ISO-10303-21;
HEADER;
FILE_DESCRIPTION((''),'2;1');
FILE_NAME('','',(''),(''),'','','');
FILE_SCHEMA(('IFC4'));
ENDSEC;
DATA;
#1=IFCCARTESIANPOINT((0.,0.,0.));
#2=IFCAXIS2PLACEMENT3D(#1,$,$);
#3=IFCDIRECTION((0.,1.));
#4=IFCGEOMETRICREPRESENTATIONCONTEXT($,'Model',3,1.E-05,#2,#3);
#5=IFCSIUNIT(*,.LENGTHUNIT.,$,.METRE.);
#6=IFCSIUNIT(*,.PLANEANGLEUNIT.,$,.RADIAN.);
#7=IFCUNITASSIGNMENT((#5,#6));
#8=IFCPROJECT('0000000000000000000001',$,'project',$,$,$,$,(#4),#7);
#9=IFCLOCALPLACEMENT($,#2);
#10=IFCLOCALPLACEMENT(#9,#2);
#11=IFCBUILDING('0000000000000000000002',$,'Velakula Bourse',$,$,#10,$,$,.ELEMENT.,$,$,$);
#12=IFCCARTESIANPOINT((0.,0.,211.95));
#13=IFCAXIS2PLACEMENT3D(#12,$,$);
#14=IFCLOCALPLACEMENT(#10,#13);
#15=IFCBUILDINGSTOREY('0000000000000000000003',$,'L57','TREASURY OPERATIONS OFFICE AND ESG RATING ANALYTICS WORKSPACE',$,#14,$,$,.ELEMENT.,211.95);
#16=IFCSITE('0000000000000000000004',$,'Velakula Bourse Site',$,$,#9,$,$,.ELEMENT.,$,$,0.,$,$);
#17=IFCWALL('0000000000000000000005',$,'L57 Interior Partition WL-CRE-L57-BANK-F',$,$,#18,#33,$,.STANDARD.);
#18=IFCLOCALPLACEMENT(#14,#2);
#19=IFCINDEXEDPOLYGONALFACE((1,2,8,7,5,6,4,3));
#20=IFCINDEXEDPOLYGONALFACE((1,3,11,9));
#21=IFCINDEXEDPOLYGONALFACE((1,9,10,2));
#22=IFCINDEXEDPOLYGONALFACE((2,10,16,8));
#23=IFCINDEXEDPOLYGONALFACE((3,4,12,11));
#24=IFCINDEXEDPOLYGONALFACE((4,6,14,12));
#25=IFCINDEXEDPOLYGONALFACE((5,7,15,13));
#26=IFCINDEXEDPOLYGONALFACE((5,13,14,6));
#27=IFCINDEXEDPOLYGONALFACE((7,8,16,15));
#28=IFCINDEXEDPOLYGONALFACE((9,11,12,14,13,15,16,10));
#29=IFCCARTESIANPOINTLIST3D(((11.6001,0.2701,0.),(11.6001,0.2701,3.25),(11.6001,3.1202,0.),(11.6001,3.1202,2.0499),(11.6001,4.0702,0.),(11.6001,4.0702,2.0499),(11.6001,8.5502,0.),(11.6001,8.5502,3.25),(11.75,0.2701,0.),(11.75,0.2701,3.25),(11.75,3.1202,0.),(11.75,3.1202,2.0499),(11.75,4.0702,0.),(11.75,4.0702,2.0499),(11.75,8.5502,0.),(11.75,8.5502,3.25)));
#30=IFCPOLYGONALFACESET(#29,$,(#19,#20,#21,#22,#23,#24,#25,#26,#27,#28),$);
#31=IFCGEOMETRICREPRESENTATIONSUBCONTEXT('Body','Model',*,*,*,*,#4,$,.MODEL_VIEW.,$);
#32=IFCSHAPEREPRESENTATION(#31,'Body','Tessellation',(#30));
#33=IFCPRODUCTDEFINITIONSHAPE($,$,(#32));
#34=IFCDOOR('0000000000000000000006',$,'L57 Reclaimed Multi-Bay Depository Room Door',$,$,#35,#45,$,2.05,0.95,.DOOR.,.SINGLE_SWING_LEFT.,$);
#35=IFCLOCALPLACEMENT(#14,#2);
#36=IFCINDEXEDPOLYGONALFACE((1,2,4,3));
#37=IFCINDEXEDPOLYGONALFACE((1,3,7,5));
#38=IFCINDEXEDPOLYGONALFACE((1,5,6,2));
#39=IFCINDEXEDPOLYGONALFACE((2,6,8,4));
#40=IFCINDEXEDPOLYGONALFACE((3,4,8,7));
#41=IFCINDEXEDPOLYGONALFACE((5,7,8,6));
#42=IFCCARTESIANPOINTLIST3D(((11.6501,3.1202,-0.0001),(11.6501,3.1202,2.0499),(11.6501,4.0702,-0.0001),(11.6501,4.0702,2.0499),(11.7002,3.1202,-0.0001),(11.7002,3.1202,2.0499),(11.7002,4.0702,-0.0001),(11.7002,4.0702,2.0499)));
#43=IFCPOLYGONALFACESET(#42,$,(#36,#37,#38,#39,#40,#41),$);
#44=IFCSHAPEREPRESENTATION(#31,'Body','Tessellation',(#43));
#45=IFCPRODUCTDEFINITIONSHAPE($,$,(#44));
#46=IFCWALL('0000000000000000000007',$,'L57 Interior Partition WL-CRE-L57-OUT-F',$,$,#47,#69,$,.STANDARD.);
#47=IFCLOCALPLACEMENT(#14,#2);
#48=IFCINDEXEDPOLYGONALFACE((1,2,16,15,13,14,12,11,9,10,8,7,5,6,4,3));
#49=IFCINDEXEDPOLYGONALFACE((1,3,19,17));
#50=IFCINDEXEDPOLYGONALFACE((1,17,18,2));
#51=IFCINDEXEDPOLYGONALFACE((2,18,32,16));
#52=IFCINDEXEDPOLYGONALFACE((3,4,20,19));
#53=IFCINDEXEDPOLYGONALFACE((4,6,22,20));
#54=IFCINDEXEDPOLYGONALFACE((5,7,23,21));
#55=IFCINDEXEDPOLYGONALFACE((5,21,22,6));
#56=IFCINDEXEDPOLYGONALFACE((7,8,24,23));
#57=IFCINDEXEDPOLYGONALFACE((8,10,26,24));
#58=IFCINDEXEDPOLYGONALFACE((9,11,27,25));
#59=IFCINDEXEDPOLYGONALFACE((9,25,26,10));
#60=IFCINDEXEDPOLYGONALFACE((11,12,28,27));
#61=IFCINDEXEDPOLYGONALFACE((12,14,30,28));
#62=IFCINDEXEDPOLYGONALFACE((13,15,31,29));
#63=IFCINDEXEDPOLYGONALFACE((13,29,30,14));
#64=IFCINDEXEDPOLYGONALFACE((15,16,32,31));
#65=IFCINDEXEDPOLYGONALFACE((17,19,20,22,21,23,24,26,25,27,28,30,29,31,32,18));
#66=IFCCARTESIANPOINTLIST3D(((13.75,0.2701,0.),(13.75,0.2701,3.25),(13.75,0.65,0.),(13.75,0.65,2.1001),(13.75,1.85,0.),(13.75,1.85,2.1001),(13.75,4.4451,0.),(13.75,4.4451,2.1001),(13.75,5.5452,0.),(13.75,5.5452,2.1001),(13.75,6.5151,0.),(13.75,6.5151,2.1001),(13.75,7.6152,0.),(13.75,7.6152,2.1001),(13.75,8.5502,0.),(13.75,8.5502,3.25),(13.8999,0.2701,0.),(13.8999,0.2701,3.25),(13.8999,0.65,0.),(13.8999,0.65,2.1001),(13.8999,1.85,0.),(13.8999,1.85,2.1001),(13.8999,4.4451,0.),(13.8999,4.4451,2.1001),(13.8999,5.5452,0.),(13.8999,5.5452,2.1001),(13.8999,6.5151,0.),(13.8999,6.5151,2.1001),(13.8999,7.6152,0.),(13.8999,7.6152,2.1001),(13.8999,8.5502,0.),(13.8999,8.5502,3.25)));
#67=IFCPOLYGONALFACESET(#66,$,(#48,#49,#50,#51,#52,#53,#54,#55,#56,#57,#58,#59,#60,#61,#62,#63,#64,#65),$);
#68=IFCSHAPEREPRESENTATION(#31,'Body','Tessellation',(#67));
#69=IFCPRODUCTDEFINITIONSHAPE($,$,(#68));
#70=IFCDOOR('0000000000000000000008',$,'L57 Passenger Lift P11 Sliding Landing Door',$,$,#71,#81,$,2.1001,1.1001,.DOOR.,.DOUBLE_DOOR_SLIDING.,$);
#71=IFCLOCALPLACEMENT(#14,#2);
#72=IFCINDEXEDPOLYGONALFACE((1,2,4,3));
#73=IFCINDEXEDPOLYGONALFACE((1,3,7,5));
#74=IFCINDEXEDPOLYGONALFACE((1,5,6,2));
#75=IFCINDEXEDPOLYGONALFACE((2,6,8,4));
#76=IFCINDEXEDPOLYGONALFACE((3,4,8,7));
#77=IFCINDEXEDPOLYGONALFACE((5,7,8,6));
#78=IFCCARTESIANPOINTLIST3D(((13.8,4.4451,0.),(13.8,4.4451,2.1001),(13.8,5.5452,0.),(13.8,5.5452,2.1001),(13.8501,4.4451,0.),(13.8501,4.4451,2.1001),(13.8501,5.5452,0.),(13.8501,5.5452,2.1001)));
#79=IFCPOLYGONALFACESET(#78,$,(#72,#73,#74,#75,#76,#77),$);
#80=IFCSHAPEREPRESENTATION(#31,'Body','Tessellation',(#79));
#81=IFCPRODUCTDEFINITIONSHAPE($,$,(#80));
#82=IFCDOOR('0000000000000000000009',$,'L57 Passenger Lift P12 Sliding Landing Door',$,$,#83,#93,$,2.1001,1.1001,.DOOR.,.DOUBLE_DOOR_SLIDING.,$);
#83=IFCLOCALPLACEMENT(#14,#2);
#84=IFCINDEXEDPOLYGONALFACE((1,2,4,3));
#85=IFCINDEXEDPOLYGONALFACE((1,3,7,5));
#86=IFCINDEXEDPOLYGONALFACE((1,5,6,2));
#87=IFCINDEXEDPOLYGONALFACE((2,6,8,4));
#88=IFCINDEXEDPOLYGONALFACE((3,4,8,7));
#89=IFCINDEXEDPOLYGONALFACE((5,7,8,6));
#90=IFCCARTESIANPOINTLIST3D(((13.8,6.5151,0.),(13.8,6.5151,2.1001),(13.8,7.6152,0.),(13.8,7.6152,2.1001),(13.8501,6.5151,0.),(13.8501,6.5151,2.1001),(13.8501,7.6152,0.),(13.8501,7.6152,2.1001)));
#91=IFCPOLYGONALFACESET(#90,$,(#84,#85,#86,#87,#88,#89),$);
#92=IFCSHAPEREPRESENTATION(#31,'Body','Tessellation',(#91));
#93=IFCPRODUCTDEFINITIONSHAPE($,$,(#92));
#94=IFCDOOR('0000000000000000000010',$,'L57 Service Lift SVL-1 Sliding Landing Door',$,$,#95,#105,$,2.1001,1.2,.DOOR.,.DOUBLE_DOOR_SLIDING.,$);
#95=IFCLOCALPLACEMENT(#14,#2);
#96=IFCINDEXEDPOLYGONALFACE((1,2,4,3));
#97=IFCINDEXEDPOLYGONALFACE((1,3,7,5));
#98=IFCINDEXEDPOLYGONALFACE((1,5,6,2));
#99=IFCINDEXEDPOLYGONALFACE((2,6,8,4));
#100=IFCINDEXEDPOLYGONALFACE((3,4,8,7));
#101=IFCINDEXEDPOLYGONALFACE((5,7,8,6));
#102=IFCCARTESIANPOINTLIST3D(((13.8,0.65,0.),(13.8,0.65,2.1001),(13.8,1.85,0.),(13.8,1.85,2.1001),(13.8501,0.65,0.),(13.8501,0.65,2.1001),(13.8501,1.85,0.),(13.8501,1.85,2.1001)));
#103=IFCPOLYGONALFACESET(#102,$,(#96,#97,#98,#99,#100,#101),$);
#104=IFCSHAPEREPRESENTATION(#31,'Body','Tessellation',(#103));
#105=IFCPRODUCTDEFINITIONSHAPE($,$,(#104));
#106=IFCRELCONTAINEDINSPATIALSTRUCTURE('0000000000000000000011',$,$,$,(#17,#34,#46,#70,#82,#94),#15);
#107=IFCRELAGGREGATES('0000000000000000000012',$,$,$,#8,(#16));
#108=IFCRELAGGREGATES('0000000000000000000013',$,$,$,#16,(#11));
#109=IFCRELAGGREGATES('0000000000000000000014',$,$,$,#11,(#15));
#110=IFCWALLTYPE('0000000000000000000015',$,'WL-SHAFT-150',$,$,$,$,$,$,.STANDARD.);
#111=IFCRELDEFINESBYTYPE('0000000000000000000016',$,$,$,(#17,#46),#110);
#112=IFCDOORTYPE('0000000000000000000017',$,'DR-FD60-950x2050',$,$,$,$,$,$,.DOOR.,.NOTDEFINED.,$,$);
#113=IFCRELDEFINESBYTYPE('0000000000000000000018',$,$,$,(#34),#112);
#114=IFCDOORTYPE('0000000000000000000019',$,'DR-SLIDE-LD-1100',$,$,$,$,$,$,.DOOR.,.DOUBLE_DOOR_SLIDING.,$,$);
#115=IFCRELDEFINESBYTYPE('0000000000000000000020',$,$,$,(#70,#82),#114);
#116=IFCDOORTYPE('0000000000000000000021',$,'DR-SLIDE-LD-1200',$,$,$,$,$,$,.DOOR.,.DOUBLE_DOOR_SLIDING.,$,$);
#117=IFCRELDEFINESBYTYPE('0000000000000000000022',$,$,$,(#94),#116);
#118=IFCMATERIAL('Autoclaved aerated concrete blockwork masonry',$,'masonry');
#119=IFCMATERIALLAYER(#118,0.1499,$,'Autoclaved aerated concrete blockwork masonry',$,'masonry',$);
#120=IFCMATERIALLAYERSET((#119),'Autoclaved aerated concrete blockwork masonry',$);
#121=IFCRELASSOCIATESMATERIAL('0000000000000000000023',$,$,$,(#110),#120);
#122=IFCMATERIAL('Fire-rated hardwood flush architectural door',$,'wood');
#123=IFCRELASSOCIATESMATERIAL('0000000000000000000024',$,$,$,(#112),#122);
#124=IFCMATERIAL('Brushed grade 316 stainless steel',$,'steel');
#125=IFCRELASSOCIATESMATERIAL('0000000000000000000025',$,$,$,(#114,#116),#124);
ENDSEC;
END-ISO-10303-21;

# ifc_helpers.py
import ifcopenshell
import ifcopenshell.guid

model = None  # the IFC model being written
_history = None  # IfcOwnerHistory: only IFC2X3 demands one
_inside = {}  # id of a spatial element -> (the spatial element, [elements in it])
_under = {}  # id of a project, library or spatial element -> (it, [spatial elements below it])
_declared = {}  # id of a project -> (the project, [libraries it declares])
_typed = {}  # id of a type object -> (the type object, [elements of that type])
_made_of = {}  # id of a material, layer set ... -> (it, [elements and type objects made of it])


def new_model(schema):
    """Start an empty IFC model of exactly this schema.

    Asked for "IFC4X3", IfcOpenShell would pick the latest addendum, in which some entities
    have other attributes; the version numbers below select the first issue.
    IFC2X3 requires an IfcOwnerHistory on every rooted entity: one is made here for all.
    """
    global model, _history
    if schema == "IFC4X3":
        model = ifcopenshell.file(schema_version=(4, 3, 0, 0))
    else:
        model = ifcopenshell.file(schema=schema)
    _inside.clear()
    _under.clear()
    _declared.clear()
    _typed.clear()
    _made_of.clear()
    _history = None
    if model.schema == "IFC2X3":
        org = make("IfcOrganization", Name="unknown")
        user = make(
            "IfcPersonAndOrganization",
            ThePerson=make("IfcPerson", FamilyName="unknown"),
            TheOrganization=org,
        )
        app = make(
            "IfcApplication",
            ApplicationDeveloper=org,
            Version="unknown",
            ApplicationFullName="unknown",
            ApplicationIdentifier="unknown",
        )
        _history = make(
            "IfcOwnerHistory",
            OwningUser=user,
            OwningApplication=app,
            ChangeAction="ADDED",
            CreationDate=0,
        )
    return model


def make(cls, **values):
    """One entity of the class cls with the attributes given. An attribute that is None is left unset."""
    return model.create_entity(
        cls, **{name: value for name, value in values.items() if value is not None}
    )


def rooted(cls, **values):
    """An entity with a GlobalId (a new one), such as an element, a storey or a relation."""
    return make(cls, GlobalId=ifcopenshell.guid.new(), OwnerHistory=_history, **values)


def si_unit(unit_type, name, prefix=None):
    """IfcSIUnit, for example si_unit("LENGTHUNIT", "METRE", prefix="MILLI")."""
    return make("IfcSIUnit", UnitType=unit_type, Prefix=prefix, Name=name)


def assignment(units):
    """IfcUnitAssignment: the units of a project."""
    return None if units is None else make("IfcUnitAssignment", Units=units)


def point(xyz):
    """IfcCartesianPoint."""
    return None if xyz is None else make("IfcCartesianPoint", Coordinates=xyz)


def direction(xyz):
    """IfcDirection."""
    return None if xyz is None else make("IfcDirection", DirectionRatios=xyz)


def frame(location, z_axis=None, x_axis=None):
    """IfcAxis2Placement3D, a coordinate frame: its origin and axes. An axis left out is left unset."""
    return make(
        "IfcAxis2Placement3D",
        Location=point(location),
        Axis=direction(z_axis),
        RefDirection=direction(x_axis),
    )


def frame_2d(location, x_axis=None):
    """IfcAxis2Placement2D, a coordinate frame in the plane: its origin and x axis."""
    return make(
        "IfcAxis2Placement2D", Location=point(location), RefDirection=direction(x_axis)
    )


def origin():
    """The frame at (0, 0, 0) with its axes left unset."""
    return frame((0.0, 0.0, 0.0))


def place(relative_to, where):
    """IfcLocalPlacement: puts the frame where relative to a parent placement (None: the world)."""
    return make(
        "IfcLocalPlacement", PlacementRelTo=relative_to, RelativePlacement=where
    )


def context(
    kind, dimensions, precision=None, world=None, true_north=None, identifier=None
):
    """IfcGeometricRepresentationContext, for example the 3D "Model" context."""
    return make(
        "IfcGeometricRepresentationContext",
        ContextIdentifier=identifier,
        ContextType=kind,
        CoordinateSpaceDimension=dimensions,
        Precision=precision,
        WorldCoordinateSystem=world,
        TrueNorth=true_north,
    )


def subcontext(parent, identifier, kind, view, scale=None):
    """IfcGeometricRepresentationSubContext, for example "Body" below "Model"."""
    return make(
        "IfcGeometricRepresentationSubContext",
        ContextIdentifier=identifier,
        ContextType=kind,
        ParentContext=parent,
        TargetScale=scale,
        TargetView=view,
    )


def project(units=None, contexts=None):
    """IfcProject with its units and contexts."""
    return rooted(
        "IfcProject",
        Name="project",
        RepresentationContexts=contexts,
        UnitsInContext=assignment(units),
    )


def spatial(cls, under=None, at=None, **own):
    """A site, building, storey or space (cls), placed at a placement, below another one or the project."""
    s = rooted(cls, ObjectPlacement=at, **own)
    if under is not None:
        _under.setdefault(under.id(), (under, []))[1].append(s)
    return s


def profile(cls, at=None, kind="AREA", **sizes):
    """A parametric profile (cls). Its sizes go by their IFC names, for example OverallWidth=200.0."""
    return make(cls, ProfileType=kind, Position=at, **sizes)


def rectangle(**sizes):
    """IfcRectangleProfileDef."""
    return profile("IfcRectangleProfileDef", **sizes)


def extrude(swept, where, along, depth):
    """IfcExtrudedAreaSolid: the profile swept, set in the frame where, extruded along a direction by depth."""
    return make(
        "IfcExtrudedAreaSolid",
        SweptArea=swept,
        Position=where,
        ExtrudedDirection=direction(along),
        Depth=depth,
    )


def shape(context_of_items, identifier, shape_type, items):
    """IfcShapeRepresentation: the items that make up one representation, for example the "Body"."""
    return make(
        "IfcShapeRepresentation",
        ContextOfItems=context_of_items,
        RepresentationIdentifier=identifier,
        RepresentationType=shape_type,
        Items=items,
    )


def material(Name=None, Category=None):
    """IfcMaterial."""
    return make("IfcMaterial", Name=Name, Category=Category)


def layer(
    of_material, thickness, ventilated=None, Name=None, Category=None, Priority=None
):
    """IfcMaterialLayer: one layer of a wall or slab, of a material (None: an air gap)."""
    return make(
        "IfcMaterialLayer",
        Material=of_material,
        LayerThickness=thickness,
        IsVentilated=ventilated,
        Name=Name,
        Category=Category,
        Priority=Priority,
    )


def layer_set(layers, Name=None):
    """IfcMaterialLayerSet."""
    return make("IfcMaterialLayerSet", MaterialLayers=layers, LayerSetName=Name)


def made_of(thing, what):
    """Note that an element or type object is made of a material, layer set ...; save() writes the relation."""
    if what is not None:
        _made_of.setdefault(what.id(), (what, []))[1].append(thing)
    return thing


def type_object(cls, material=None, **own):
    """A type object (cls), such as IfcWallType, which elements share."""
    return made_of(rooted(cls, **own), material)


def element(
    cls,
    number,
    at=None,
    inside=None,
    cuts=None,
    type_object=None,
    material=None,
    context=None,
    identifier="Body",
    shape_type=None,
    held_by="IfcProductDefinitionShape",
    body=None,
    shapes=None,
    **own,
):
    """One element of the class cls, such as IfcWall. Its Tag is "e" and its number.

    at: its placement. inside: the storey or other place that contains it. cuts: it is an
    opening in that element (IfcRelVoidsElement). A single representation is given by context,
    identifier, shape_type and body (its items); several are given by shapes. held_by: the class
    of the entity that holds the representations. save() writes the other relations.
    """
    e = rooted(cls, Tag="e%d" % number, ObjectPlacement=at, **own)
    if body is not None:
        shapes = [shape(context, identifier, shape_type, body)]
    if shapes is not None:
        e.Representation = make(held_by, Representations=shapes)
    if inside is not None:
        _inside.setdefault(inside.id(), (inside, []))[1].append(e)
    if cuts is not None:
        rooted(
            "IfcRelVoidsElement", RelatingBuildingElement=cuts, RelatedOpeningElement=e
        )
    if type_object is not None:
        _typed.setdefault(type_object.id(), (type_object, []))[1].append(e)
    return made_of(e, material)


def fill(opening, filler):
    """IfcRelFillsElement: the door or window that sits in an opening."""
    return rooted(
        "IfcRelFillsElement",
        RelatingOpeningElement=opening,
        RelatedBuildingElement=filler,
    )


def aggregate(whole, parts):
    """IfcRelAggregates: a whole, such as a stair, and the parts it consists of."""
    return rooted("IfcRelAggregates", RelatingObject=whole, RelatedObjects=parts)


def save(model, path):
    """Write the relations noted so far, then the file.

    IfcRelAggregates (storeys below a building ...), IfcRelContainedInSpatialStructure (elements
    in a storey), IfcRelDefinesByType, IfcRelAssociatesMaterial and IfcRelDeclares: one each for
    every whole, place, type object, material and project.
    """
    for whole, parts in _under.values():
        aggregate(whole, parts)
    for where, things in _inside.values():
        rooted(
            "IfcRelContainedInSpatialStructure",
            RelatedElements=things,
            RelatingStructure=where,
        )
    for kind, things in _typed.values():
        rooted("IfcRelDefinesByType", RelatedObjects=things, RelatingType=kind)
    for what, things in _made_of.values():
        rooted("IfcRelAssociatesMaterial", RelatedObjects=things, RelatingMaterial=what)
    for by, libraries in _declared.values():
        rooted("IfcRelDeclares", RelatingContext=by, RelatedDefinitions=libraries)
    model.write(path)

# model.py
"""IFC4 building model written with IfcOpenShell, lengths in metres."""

from ifc_helpers import new_model, si_unit, direction, frame, frame_2d, origin, place, context, subcontext, project, spatial, rectangle, extrude, material, layer, layer_set, type_object, element, fill, save


model = new_model("IFC4")

# Units and contexts
model_context = context("Model", 3, precision=1e-05, world=origin(), true_north=direction((0.0, 1.0)))
body_context = subcontext(model_context, "Body", "Model", "MODEL_VIEW")
ifc_project = project(units=[si_unit("LENGTHUNIT", "METRE"), si_unit("PLANEANGLEUNIT", "RADIAN")], contexts=[model_context])

# Site, building, storey
site_placement = place(None, origin())
site = spatial("IfcSite", under=ifc_project, at=site_placement, Name="Velakula Bourse Site", CompositionType="ELEMENT", RefElevation=0.0)
building_placement = place(site_placement, origin())
building = spatial("IfcBuilding", under=site, at=building_placement, Name="Velakula Bourse", CompositionType="ELEMENT")
storey_placement = place(building_placement, frame((0.0, 0.0, 211.95)))
storey = spatial("IfcBuildingStorey", under=building, at=storey_placement, Name="L57", Description="TREASURY OPERATIONS OFFICE AND ESG RATING ANALYTICS WORKSPACE", CompositionType="ELEMENT", Elevation=211.95)

# Shared definitions
ifc_material_1 = material(Name="Fire-rated hardwood flush architectural door", Category="wood")

# Shared definitions
ifc_material_2 = material(Name="Autoclaved aerated concrete blockwork masonry", Category="masonry")
ifc_layer_1 = layer(ifc_material_2, 0.1499, Name="Autoclaved aerated concrete blockwork masonry", Category="masonry")
ifc_layer_set_1 = layer_set([ifc_layer_1], Name="Autoclaved aerated concrete blockwork masonry")
wall_type_1 = type_object("IfcWallType", Name="WL-SHAFT-150", PredefinedType="STANDARD", material=ifc_layer_set_1)

# Wall, opening, door
wall_1_placement = place(storey_placement, frame((11.675, 0.27, 0.0), z_axis=(0.0, 0.0, 1.0), x_axis=(0.0, 1.0, 0.0)))
wall_1 = element("IfcWall", 1, at=wall_1_placement, inside=storey, type_object=wall_type_1, Name="L57 Interior Partition WL-CRE-L57-BANK-F", PredefinedType="STANDARD", context=body_context, shape_type="SweptSolid", body=[
    extrude(rectangle(XDim=8.28, YDim=0.1499, at=frame_2d((4.1401, 0.0))), origin(), (0.0, 0.0, 1.0), 3.25),
])
opening_1_placement = place(wall_1_placement, frame((2.8501, 0.0, 0.0)))
opening_1 = element("IfcOpeningElement", 2, at=opening_1_placement, cuts=wall_1, PredefinedType="OPENING", context=body_context, shape_type="SweptSolid", body=[
    extrude(rectangle(XDim=0.95, YDim=2.05, at=frame_2d((0.4751, 1.0249))), frame((0.0, 0.085, 0.0), z_axis=(0.0, -1.0, 0.0), x_axis=(1.0, 0.0, 0.0)), (0.0, 0.0, 1.0), 0.1699),
])
door_type_1 = type_object("IfcDoorType", Name="DR-FD60-950x2050", OperationType="NOTDEFINED", PredefinedType="DOOR", material=ifc_material_1)
door_1_placement = place(opening_1_placement, origin())
door_1 = element("IfcDoor", 3, at=door_1_placement, inside=storey, type_object=door_type_1, Name="L57 Reclaimed Multi-Bay Depository Room Door", OperationType="SINGLE_SWING_LEFT", OverallHeight=2.05, OverallWidth=0.95, PredefinedType="DOOR", context=body_context, shape_type="SweptSolid", body=[
    extrude(rectangle(XDim=0.95, YDim=2.05, at=frame_2d((0.4751, 1.0249))), frame((0.0, 0.0249, 0.0), z_axis=(0.0, -1.0, 0.0), x_axis=(1.0, 0.0, 0.0)), (0.0, 0.0, 1.0), 0.05),
])
fill(opening_1, door_1)

# Wall, openings, doors
wall_2_placement = place(storey_placement, frame((13.825, 0.27, 0.0), z_axis=(0.0, 0.0, 1.0), x_axis=(0.0, 1.0, 0.0)))
wall_2 = element("IfcWall", 4, at=wall_2_placement, inside=storey, type_object=wall_type_1, Name="L57 Interior Partition WL-CRE-L57-OUT-F", PredefinedType="STANDARD", context=body_context, shape_type="SweptSolid", body=[
    extrude(rectangle(XDim=8.28, YDim=0.1499, at=frame_2d((4.1401, 0.0))), origin(), (0.0, 0.0, 1.0), 3.25),
])
opening_2_placement = place(wall_2_placement, frame((4.175, 0.0, 0.0)))
opening_2 = element("IfcOpeningElement", 5, at=opening_2_placement, cuts=wall_2, PredefinedType="OPENING", context=body_context, shape_type="SweptSolid", body=[
    extrude(rectangle(XDim=1.1001, YDim=2.1001, at=frame_2d((0.55, 1.05))), frame((0.0, 0.085, 0.0), z_axis=(0.0, -1.0, 0.0), x_axis=(1.0, 0.0, 0.0)), (0.0, 0.0, 1.0), 0.1699),
])
opening_3_placement = place(wall_2_placement, frame((6.2451, 0.0, 0.0)))
opening_3 = element("IfcOpeningElement", 6, at=opening_3_placement, cuts=wall_2, PredefinedType="OPENING", context=body_context, shape_type="SweptSolid", body=[
    extrude(rectangle(XDim=1.1001, YDim=2.1001, at=frame_2d((0.55, 1.05))), frame((0.0, 0.085, 0.0), z_axis=(0.0, -1.0, 0.0), x_axis=(1.0, 0.0, 0.0)), (0.0, 0.0, 1.0), 0.1699),
])
opening_4_placement = place(wall_2_placement, frame((0.3799, 0.0, 0.0)))
opening_4 = element("IfcOpeningElement", 7, at=opening_4_placement, cuts=wall_2, PredefinedType="OPENING", context=body_context, shape_type="SweptSolid", body=[
    extrude(rectangle(XDim=1.2, YDim=2.1001, at=frame_2d((0.6001, 1.05))), frame((0.0, 0.085, 0.0), z_axis=(0.0, -1.0, 0.0), x_axis=(1.0, 0.0, 0.0)), (0.0, 0.0, 1.0), 0.1699),
])
ifc_material_3 = material(Name="Brushed grade 316 stainless steel", Category="steel")
door_type_2 = type_object("IfcDoorType", Name="DR-SLIDE-LD-1100", OperationType="DOUBLE_DOOR_SLIDING", PredefinedType="DOOR", material=ifc_material_3)
door_2_placement = place(opening_2_placement, origin())
door_2 = element("IfcDoor", 8, at=door_2_placement, inside=storey, type_object=door_type_2, Name="L57 Passenger Lift P11 Sliding Landing Door", OperationType="DOUBLE_DOOR_SLIDING", OverallHeight=2.1001, OverallWidth=1.1001, PredefinedType="DOOR", context=body_context, shape_type="SweptSolid", body=[
    extrude(rectangle(XDim=1.1001, YDim=2.1001, at=frame_2d((0.55, 1.05))), frame((0.0, 0.0249, 0.0), z_axis=(0.0, -1.0, 0.0), x_axis=(1.0, 0.0, 0.0)), (0.0, 0.0, 1.0), 0.05),
])
fill(opening_2, door_2)
door_3_placement = place(opening_3_placement, origin())
door_3 = element("IfcDoor", 9, at=door_3_placement, inside=storey, type_object=door_type_2, Name="L57 Passenger Lift P12 Sliding Landing Door", OperationType="DOUBLE_DOOR_SLIDING", OverallHeight=2.1001, OverallWidth=1.1001, PredefinedType="DOOR", context=body_context, shape_type="SweptSolid", body=[
    extrude(rectangle(XDim=1.1001, YDim=2.1001, at=frame_2d((0.55, 1.05))), frame((0.0, 0.0249, 0.0), z_axis=(0.0, -1.0, 0.0), x_axis=(1.0, 0.0, 0.0)), (0.0, 0.0, 1.0), 0.05),
])
fill(opening_3, door_3)
door_type_3 = type_object("IfcDoorType", Name="DR-SLIDE-LD-1200", OperationType="DOUBLE_DOOR_SLIDING", PredefinedType="DOOR", material=ifc_material_3)
door_4_placement = place(opening_4_placement, origin())
door_4 = element("IfcDoor", 10, at=door_4_placement, inside=storey, type_object=door_type_3, Name="L57 Service Lift SVL-1 Sliding Landing Door", OperationType="DOUBLE_DOOR_SLIDING", OverallHeight=2.1001, OverallWidth=1.2, PredefinedType="DOOR", context=body_context, shape_type="SweptSolid", body=[
    extrude(rectangle(XDim=1.2, YDim=2.1001, at=frame_2d((0.6001, 1.05))), frame((0.0, 0.0249, 0.0), z_axis=(0.0, -1.0, 0.0), x_axis=(1.0, 0.0, 0.0)), (0.0, 0.0, 1.0), 0.05),
])
fill(opening_4, door_4)

save(model, "model.ifc")
